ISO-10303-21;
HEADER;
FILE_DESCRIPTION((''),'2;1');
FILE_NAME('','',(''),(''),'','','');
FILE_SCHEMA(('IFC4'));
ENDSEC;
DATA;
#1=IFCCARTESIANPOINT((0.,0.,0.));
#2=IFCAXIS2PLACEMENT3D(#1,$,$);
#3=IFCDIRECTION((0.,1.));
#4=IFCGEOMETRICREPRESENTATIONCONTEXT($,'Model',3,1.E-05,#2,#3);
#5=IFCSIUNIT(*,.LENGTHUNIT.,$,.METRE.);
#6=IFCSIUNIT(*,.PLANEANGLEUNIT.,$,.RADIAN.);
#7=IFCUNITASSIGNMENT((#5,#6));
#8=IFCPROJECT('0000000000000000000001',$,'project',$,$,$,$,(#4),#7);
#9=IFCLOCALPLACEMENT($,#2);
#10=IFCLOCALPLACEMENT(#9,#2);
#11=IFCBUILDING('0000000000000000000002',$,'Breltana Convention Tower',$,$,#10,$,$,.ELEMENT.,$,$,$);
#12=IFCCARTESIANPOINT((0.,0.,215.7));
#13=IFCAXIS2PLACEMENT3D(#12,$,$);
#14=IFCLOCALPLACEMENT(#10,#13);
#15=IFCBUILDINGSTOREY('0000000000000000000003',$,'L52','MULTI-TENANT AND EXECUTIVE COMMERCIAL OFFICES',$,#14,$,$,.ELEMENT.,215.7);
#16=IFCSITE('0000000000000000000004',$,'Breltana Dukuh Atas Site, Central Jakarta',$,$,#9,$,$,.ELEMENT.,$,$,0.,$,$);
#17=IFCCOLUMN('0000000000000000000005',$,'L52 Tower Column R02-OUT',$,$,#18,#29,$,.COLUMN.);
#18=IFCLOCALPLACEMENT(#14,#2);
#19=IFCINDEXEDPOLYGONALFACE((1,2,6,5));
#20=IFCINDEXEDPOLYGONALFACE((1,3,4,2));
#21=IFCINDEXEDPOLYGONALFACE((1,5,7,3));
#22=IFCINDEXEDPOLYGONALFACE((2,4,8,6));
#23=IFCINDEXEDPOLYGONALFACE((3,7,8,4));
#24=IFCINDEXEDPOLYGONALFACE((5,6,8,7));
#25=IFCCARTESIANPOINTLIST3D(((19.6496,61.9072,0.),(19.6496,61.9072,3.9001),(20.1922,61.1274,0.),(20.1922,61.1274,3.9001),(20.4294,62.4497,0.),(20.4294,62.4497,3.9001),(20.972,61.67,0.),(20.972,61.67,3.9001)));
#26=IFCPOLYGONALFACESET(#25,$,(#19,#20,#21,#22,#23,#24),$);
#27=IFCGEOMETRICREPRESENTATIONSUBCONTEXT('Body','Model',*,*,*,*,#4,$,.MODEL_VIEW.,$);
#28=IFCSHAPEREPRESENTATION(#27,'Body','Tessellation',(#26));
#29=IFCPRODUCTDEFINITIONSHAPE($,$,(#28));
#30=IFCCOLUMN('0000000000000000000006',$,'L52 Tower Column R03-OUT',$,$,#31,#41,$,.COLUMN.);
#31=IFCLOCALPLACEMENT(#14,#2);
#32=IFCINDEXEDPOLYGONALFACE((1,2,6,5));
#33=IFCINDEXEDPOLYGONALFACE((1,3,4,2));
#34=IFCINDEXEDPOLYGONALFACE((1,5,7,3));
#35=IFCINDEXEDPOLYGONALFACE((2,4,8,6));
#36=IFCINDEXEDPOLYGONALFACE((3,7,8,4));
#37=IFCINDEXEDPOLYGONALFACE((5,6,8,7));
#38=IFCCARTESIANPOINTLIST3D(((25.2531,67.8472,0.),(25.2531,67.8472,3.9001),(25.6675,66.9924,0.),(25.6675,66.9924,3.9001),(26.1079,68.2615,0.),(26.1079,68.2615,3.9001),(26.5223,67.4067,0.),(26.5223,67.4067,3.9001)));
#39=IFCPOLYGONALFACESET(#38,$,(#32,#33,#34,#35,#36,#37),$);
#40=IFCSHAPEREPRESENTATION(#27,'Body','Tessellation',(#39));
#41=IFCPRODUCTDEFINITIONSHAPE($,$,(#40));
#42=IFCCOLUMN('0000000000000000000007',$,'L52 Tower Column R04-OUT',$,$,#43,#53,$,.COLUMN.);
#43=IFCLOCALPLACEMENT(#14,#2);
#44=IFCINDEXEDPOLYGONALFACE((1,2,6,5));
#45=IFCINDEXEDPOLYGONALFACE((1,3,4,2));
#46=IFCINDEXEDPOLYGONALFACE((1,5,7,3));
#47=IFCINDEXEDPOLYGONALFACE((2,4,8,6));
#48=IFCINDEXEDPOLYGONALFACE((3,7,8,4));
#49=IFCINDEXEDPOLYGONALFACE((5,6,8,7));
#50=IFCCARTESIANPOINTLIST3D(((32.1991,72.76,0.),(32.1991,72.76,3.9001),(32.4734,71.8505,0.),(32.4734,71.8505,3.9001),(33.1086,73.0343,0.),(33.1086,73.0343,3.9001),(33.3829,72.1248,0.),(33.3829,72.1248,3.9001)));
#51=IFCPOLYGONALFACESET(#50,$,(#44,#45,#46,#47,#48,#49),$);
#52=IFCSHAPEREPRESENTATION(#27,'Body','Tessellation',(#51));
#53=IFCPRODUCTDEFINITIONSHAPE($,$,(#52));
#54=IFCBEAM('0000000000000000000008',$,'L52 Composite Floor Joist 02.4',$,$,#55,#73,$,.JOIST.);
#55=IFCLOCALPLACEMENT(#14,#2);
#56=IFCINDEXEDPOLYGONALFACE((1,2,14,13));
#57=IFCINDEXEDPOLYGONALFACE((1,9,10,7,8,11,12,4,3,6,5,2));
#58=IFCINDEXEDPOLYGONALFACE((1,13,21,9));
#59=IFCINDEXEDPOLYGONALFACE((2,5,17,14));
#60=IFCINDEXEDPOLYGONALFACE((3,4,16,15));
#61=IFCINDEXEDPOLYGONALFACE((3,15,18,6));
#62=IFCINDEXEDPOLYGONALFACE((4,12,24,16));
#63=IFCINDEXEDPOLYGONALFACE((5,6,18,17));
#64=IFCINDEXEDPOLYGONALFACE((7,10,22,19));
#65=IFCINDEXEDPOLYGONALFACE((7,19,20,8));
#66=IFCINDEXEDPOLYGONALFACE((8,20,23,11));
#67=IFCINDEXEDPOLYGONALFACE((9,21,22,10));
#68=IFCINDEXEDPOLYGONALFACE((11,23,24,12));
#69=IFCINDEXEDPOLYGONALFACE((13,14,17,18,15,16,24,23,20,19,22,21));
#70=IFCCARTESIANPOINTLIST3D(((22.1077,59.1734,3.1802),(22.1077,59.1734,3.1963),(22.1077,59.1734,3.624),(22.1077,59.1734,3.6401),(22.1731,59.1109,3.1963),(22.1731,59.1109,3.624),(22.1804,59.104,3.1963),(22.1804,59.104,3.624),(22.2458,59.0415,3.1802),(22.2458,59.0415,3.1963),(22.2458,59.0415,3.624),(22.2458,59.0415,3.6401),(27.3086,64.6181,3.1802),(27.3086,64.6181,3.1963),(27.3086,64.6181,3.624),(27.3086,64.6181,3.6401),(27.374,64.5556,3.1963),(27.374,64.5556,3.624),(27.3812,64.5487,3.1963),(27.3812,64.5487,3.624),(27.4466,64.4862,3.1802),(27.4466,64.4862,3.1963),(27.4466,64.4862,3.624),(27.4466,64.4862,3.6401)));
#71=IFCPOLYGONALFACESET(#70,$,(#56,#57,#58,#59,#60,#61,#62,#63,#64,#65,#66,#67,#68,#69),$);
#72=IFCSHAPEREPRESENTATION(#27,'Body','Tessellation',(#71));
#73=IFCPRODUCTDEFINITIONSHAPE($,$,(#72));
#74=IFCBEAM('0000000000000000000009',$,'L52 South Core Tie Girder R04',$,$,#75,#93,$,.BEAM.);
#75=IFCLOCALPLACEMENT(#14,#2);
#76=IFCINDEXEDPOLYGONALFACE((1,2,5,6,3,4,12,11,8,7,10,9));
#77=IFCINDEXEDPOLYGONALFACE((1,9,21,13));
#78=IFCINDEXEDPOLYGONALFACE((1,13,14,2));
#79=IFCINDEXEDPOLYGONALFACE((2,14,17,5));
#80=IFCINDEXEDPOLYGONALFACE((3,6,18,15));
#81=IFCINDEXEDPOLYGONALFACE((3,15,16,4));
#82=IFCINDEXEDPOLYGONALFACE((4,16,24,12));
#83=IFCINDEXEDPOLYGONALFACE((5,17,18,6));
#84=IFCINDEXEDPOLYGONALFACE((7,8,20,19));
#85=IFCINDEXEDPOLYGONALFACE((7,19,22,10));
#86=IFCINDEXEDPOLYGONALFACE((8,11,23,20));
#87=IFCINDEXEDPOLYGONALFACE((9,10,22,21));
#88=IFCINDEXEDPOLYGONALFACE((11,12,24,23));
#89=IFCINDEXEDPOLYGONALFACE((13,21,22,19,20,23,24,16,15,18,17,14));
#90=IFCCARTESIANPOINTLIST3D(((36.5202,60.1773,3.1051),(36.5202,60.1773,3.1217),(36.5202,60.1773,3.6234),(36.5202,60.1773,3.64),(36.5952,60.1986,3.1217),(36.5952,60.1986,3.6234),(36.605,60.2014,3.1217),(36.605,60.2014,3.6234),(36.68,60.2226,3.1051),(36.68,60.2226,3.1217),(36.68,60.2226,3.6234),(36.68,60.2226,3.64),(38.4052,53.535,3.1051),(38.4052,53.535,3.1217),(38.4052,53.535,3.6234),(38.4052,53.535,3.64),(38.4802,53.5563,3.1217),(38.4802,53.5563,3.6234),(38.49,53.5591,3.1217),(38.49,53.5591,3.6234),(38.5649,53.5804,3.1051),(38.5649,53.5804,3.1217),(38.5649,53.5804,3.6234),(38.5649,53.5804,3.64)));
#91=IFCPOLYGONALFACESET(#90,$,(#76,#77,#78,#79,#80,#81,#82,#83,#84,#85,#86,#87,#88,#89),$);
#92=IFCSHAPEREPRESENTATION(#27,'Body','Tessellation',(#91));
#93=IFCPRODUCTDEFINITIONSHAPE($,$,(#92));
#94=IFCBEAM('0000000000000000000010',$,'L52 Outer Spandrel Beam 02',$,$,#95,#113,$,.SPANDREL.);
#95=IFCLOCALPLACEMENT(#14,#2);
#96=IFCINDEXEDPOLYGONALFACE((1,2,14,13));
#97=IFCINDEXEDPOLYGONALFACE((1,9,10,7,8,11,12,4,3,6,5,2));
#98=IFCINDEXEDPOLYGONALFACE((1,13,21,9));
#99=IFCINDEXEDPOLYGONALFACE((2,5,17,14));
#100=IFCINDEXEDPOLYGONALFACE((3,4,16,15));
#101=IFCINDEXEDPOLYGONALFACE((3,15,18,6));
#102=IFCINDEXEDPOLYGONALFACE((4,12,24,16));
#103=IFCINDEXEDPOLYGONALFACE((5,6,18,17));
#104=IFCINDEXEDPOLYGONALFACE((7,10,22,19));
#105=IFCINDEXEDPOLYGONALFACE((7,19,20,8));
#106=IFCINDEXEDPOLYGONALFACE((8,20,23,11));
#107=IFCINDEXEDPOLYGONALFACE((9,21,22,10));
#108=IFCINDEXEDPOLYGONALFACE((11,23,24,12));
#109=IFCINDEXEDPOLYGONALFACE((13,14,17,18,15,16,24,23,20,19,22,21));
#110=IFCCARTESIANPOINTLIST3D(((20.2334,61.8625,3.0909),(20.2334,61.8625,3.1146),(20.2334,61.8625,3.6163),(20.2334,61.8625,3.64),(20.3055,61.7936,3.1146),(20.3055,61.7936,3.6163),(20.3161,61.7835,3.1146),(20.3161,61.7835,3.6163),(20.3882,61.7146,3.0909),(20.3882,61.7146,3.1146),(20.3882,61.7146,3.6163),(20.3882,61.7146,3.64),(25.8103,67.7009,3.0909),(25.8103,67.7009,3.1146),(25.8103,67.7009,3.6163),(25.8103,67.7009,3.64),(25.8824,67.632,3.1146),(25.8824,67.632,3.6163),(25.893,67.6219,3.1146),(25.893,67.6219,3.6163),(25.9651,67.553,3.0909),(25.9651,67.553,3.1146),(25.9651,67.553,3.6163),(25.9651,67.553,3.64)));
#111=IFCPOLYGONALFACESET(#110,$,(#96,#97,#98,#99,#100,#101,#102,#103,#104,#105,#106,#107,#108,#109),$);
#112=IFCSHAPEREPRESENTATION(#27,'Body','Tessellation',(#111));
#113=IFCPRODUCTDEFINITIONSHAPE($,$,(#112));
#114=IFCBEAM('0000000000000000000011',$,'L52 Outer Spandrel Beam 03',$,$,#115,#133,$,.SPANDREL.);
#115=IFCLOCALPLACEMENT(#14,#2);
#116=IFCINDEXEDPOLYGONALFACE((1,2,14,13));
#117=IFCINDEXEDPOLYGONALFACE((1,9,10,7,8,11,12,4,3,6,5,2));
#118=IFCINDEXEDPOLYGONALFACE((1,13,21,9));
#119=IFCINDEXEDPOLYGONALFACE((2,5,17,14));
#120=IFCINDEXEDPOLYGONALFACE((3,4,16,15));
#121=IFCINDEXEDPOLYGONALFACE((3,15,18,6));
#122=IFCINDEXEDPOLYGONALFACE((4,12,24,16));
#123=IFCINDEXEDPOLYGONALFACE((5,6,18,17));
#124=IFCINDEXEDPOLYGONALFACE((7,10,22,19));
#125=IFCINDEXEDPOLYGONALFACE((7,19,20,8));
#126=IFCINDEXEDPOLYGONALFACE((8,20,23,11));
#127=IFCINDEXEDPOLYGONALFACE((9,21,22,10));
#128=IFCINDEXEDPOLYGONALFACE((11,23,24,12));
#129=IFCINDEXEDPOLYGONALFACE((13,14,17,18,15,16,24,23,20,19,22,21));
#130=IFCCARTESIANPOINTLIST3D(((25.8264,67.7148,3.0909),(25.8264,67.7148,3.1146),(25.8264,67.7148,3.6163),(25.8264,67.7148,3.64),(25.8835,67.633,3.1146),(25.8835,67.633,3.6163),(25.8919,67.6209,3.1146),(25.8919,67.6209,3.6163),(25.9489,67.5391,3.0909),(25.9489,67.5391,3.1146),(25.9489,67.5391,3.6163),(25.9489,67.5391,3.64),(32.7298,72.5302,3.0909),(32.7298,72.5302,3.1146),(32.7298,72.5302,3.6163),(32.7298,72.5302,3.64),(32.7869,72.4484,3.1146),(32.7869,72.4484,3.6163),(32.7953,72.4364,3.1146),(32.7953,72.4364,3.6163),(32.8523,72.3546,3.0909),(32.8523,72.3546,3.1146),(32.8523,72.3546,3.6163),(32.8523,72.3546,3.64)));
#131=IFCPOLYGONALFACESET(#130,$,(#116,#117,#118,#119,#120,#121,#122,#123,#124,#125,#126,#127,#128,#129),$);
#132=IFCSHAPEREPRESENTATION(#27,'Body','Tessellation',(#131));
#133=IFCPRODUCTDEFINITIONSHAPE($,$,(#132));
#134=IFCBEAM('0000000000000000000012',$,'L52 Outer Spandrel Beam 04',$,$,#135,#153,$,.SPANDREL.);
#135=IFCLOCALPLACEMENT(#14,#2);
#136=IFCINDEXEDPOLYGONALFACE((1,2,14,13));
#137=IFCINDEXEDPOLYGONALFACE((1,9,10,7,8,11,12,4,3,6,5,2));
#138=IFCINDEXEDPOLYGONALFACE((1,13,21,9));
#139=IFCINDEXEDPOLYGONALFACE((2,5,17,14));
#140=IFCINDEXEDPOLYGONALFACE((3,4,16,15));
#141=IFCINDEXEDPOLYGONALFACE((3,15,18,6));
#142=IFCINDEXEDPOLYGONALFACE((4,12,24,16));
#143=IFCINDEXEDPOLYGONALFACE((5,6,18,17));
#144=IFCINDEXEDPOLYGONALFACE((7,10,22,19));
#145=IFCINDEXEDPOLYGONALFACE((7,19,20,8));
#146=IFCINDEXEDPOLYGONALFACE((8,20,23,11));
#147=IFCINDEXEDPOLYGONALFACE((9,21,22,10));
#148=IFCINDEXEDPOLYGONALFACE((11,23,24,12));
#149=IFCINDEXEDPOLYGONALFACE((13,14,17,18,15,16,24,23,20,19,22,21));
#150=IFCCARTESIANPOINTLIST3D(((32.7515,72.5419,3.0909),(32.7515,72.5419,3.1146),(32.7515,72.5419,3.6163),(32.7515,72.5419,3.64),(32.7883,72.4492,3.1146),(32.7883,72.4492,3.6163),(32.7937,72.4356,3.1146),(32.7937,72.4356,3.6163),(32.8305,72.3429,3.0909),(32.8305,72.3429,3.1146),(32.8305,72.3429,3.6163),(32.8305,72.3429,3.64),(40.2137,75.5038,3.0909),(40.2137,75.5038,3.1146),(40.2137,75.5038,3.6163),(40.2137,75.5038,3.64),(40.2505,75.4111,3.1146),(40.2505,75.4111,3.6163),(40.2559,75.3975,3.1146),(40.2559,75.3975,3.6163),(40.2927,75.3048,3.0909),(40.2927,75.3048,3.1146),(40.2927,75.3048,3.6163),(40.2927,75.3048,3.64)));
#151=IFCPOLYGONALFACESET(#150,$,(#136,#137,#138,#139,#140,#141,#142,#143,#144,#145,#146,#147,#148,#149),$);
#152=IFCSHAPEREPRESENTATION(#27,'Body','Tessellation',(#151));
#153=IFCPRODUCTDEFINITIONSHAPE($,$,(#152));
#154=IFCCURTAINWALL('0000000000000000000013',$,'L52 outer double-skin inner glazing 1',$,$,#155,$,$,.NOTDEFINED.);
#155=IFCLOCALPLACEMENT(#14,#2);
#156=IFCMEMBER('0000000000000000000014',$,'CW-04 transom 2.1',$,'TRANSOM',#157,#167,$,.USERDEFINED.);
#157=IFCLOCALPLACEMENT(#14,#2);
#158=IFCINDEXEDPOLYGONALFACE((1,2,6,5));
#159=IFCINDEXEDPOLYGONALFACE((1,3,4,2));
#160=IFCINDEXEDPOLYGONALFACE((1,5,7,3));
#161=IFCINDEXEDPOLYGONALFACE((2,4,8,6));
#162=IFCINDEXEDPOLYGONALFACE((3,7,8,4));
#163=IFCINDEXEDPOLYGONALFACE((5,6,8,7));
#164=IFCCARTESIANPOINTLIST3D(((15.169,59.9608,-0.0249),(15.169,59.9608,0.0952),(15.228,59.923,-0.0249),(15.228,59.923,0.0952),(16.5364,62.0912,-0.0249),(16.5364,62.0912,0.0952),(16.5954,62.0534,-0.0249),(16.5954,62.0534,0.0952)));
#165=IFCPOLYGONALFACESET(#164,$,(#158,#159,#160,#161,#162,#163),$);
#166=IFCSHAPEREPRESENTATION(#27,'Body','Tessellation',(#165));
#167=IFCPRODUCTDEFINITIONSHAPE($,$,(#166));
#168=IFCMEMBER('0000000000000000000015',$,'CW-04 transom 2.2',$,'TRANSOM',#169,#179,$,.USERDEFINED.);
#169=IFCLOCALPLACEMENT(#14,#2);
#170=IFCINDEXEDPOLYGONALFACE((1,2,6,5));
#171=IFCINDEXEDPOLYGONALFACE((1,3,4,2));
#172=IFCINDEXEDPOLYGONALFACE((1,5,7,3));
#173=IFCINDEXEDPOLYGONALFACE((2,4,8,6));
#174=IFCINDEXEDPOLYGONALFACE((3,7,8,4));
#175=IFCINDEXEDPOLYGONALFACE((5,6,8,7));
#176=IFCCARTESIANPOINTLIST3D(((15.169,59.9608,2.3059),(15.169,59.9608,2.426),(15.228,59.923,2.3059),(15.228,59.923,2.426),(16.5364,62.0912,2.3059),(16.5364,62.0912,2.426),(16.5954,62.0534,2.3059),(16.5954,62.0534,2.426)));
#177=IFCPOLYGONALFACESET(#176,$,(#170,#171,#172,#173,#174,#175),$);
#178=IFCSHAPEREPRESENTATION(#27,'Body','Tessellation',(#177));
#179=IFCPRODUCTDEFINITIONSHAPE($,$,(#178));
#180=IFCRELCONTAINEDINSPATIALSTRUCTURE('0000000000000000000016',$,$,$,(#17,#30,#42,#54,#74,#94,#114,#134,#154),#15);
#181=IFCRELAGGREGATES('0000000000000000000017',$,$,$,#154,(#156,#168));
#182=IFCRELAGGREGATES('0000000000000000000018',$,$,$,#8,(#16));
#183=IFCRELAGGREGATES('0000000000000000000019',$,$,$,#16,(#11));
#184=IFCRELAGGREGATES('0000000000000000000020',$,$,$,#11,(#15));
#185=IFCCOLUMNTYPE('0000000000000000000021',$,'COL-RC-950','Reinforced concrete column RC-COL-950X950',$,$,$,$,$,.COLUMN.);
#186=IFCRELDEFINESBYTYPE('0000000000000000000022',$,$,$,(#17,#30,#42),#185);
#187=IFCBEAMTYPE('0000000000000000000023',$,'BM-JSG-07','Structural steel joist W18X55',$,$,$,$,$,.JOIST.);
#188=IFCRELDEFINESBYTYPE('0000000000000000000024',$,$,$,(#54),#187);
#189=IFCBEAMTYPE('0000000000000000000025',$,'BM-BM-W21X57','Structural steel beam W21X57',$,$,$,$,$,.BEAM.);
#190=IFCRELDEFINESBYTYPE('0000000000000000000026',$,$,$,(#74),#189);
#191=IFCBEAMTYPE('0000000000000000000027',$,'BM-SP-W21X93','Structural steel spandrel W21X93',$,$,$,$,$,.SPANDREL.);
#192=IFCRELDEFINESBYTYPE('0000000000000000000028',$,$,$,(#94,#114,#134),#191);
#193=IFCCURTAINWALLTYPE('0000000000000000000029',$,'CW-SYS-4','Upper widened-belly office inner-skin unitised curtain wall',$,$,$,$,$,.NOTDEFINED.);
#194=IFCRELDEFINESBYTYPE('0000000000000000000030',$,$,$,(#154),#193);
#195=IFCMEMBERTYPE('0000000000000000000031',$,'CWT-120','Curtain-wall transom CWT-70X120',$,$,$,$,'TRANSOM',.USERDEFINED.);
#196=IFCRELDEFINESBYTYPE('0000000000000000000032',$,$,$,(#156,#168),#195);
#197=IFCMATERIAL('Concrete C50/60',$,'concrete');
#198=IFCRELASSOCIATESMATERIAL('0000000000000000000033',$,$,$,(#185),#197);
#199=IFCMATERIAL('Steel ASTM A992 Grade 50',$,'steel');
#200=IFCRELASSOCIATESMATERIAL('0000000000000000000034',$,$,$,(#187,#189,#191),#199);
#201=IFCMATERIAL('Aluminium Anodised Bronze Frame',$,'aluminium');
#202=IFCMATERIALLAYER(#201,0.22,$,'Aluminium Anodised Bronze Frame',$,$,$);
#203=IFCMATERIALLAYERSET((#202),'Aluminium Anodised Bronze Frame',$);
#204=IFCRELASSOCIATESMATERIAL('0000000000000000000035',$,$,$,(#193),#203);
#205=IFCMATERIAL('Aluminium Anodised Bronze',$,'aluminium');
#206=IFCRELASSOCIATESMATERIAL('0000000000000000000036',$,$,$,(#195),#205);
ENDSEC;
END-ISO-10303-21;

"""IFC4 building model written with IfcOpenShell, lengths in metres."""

from ifc_helpers import new_model, si_unit, direction, frame, origin, origin_2d, place, context, subcontext, project, spatial, rectangle, i_section, extrude, source, transform, mapped, material, layer, layer_set, material_profile, profile_set, type_object, type_shapes, element, aggregate, save


model = new_model("IFC4")

# Units and contexts
model_context = context("Model", 3, precision=1e-05, world=origin(), true_north=direction((0.0, 1.0)))
body_context = subcontext(model_context, "Body", "Model", "MODEL_VIEW")
ifc_project = project(units=[si_unit("LENGTHUNIT", "METRE"), si_unit("PLANEANGLEUNIT", "RADIAN")], contexts=[model_context])

# Site, building, storey
site_placement = place(None, origin())
site = spatial("IfcSite", under=ifc_project, at=site_placement, Name="Breltana Dukuh Atas Site, Central Jakarta", CompositionType="ELEMENT", RefElevation=0.0)
building_placement = place(site_placement, origin())
building = spatial("IfcBuilding", under=site, at=building_placement, Name="Breltana Convention Tower", CompositionType="ELEMENT")
storey_placement = place(building_placement, frame((0.0, 0.0, 215.7)))
storey = spatial("IfcBuildingStorey", under=building, at=storey_placement, Name="L52", Description="MULTI-TENANT AND EXECUTIVE COMMERCIAL OFFICES", CompositionType="ELEMENT", Elevation=215.7)

# Columns
ifc_material_1 = material(Name="Concrete C50/60", Category="concrete")
ifc_material_profile_1 = material_profile(ifc_material_1, rectangle(XDim=0.95, YDim=0.95, at=origin_2d()), Name="RC-COL-950X950")
ifc_profile_set_1 = profile_set([ifc_material_profile_1], Name="Concrete C50/60")
column_type = type_object("IfcColumnType", Name="COL-RC-950", Description="Reinforced concrete column RC-COL-950X950", PredefinedType="COLUMN", material=ifc_profile_set_1)
shared_shape_1 = source(origin(), body_context, "Body", "SweptSolid", [
    extrude(rectangle(XDim=0.95, YDim=0.95, at=origin_2d()), origin(), (0.0, 0.0, 1.0), 3.9001),
])
for number, where, z_axis, x_axis, name in (
    (1, (20.3108, 61.7886, 0.0), (0.0, 0.0, 1.0), (-0.571143, 0.82085, 0.0), "L52 Tower Column R02-OUT"),
    (2, (25.8877, 67.627, 0.0), (0.0, 0.0, 1.0), (-0.436174, 0.899863, 0.0), "L52 Tower Column R03-OUT"),
    (3, (32.791, 72.4424, 0.0), (0.0, 0.0, 1.0), (-0.288698, 0.95742, 0.0), "L52 Tower Column R04-OUT"),
):
    element("IfcColumn", number, at=place(storey_placement, frame(where, z_axis=z_axis, x_axis=x_axis)), inside=storey, type_object=column_type, Name=name, PredefinedType="COLUMN", context=body_context, shape_type="MappedRepresentation", body=[
        mapped(shared_shape_1, transform((0.0, 0.0, 0.0), scale=1.0)),
    ])

# Beams
ifc_material_2 = material(Name="Steel ASTM A992 Grade 50", Category="steel")
ifc_material_profile_2 = material_profile(ifc_material_2, i_section(OverallWidth=0.1909, OverallDepth=0.46, WebThickness=0.01, FlangeThickness=0.0161, at=origin_2d()), Name="W18X55")
ifc_profile_set_2 = profile_set([ifc_material_profile_2], Name="Steel ASTM A992 Grade 50")
beam_type_1 = type_object("IfcBeamType", Name="BM-JSG-07", Description="Structural steel joist W18X55", PredefinedType="JOIST", material=ifc_profile_set_2)
shared_shape_2 = source(origin(), body_context, "Body", "SweptSolid", [
    extrude(i_section(OverallWidth=0.1909, OverallDepth=0.46, WebThickness=0.01, FlangeThickness=0.0161, at=origin_2d()), origin(), (0.0, 0.0, 1.0), 7.5295),
])
beam_1_placement = place(storey_placement, frame((22.1768, 59.1074, 3.4102), z_axis=(0.690726, 0.723117, 0.0), x_axis=(-0.723117, 0.690726, 0.0)))
element("IfcBeam", 4, at=beam_1_placement, inside=storey, type_object=beam_type_1, Name="L52 Composite Floor Joist 02.4", PredefinedType="JOIST", context=body_context, shape_type="MappedRepresentation", body=[
    mapped(shared_shape_2, transform((0.0, 0.0, 0.0), scale=1.0)),
])
ifc_material_profile_3 = material_profile(ifc_material_2, i_section(OverallWidth=0.166, OverallDepth=0.5349, WebThickness=0.0103, FlangeThickness=0.0166, at=origin_2d()), Name="W21X57")
ifc_profile_set_3 = profile_set([ifc_material_profile_3], Name="Steel ASTM A992 Grade 50")
beam_type_2 = type_object("IfcBeamType", Name="BM-BM-W21X57", Description="Structural steel beam W21X57", PredefinedType="BEAM", material=ifc_profile_set_3)
shared_shape_3 = source(origin(), body_context, "Body", "SweptSolid", [
    extrude(i_section(OverallWidth=0.166, OverallDepth=0.5349, WebThickness=0.0103, FlangeThickness=0.0166, at=origin_2d()), origin(), (0.0, 0.0, 1.0), 6.9045),
])
type_shapes(beam_type_2, [shared_shape_3])
beam_2_placement = place(storey_placement, frame((36.6001, 60.2, 3.3726), z_axis=(0.273007, -0.962012, 0.0), x_axis=(0.962012, 0.273007, 0.0)))
element("IfcBeam", 5, at=beam_2_placement, inside=storey, type_object=beam_type_2, Name="L52 South Core Tie Girder R04", PredefinedType="BEAM", context=body_context, shape_type="MappedRepresentation", body=[
    mapped(shared_shape_3, transform((0.0, 0.0, 0.0), scale=1.0)),
])
ifc_material_profile_4 = material_profile(ifc_material_2, i_section(OverallWidth=0.2141, OverallDepth=0.5491, WebThickness=0.0146, FlangeThickness=0.0237, at=origin_2d()), Name="W21X93")
ifc_profile_set_4 = profile_set([ifc_material_profile_4], Name="Steel ASTM A992 Grade 50")
beam_type_3 = type_object("IfcBeamType", Name="BM-SP-W21X93", Description="Structural steel spandrel W21X93", PredefinedType="SPANDREL", material=ifc_profile_set_4)
shared_shape_4 = source(origin(), body_context, "Body", "SweptSolid", [
    extrude(i_section(OverallWidth=0.2141, OverallDepth=0.5491, WebThickness=0.0146, FlangeThickness=0.0237, at=origin_2d()), origin(), (0.0, 0.0, 1.0), 8.074),
])
beam_3_placement = place(storey_placement, frame((20.3108, 61.7886, 3.3655), z_axis=(0.690729, 0.723114, 0.0), x_axis=(-0.723114, 0.690729, 0.0)))
element("IfcBeam", 6, at=beam_3_placement, inside=storey, type_object=beam_type_3, Name="L52 Outer Spandrel Beam 02", PredefinedType="SPANDREL", context=body_context, shape_type="MappedRepresentation", body=[
    mapped(shared_shape_4, transform((0.0, 0.0, 0.0), scale=1.0)),
])
shared_shape_5 = source(origin(), body_context, "Body", "SweptSolid", [
    extrude(i_section(OverallWidth=0.2141, OverallDepth=0.5491, WebThickness=0.0146, FlangeThickness=0.0237, at=origin_2d()), origin(), (0.0, 0.0, 1.0), 8.417),
])
beam_4_placement = place(storey_placement, frame((25.8877, 67.627, 3.3655), z_axis=(0.820174, 0.572114, 0.0), x_axis=(-0.572114, 0.820174, 0.0)))
element("IfcBeam", 7, at=beam_4_placement, inside=storey, type_object=beam_type_3, Name="L52 Outer Spandrel Beam 03", PredefinedType="SPANDREL", context=body_context, shape_type="MappedRepresentation", body=[
    mapped(shared_shape_5, transform((0.0, 0.0, 0.0), scale=1.0)),
])
shared_shape_6 = source(origin(), body_context, "Body", "SweptSolid", [
    extrude(i_section(OverallWidth=0.2141, OverallDepth=0.5491, WebThickness=0.0146, FlangeThickness=0.0237, at=origin_2d()), origin(), (0.0, 0.0, 1.0), 8.0286),
])
beam_5_placement = place(storey_placement, frame((32.791, 72.4424, 3.3655), z_axis=(0.929459, 0.368925, 0.0), x_axis=(-0.368925, 0.929459, 0.0)))
element("IfcBeam", 8, at=beam_5_placement, inside=storey, type_object=beam_type_3, Name="L52 Outer Spandrel Beam 04", PredefinedType="SPANDREL", context=body_context, shape_type="MappedRepresentation", body=[
    mapped(shared_shape_6, transform((0.0, 0.0, 0.0), scale=1.0)),
])

# Curtain wall, members
ifc_material_3 = material(Name="Aluminium Anodised Bronze Frame", Category="aluminium")
ifc_layer_1 = layer(ifc_material_3, 0.22, Name="Aluminium Anodised Bronze Frame")
ifc_layer_set_1 = layer_set([ifc_layer_1], Name="Aluminium Anodised Bronze Frame")
curtain_wall_type = type_object("IfcCurtainWallType", Name="CW-SYS-4", Description="Upper widened-belly office inner-skin unitised curtain wall", PredefinedType="NOTDEFINED", material=ifc_layer_set_1)
curtain_wall_1_placement = place(storey_placement, origin())
curtain_wall_1 = element("IfcCurtainWall", 9, at=curtain_wall_1_placement, inside=storey, type_object=curtain_wall_type, Name="L52 outer double-skin inner glazing 1", PredefinedType="NOTDEFINED")
ifc_material_4 = material(Name="Aluminium Anodised Bronze", Category="aluminium")
ifc_material_profile_5 = material_profile(ifc_material_4, rectangle(XDim=0.0701, YDim=0.1201, at=origin_2d()), Name="CWT-70X120")
ifc_profile_set_5 = profile_set([ifc_material_profile_5], Name="Aluminium Anodised Bronze")
member_type_1 = type_object("IfcMemberType", Name="CWT-120", Description="Curtain-wall transom CWT-70X120", ElementType="TRANSOM", PredefinedType="USERDEFINED", material=ifc_profile_set_5)
shared_shape_7 = source(origin(), body_context, "Body", "SweptSolid", [
    extrude(rectangle(XDim=0.0701, YDim=0.1201, at=origin_2d()), origin(), (0.0, 0.0, 1.0), 2.5315),
])
member_1_placement = place(storey_placement, frame((15.1985, 59.9419, 0.0352), z_axis=(0.540173, 0.841554, 0.0), x_axis=(-0.841554, 0.540173, 0.0)))
member_1 = element("IfcMember", 10, at=member_1_placement, type_object=member_type_1, Name="CW-04 transom 2.1", ObjectType="TRANSOM", PredefinedType="USERDEFINED", context=body_context, shape_type="MappedRepresentation", body=[
    mapped(shared_shape_7, transform((0.0, 0.0, 0.0), scale=1.0)),
])
member_2_placement = place(storey_placement, frame((15.1985, 59.9419, 2.366), z_axis=(0.540173, 0.841554, 0.0), x_axis=(-0.841554, 0.540173, 0.0)))
member_2 = element("IfcMember", 11, at=member_2_placement, type_object=member_type_1, Name="CW-04 transom 2.2", ObjectType="TRANSOM", PredefinedType="USERDEFINED", context=body_context, shape_type="MappedRepresentation", body=[
    mapped(shared_shape_7, transform((0.0, 0.0, 0.0), scale=1.0)),
])

aggregate(curtain_wall_1, [member_1, member_2])

save(model, "model.ifc")
